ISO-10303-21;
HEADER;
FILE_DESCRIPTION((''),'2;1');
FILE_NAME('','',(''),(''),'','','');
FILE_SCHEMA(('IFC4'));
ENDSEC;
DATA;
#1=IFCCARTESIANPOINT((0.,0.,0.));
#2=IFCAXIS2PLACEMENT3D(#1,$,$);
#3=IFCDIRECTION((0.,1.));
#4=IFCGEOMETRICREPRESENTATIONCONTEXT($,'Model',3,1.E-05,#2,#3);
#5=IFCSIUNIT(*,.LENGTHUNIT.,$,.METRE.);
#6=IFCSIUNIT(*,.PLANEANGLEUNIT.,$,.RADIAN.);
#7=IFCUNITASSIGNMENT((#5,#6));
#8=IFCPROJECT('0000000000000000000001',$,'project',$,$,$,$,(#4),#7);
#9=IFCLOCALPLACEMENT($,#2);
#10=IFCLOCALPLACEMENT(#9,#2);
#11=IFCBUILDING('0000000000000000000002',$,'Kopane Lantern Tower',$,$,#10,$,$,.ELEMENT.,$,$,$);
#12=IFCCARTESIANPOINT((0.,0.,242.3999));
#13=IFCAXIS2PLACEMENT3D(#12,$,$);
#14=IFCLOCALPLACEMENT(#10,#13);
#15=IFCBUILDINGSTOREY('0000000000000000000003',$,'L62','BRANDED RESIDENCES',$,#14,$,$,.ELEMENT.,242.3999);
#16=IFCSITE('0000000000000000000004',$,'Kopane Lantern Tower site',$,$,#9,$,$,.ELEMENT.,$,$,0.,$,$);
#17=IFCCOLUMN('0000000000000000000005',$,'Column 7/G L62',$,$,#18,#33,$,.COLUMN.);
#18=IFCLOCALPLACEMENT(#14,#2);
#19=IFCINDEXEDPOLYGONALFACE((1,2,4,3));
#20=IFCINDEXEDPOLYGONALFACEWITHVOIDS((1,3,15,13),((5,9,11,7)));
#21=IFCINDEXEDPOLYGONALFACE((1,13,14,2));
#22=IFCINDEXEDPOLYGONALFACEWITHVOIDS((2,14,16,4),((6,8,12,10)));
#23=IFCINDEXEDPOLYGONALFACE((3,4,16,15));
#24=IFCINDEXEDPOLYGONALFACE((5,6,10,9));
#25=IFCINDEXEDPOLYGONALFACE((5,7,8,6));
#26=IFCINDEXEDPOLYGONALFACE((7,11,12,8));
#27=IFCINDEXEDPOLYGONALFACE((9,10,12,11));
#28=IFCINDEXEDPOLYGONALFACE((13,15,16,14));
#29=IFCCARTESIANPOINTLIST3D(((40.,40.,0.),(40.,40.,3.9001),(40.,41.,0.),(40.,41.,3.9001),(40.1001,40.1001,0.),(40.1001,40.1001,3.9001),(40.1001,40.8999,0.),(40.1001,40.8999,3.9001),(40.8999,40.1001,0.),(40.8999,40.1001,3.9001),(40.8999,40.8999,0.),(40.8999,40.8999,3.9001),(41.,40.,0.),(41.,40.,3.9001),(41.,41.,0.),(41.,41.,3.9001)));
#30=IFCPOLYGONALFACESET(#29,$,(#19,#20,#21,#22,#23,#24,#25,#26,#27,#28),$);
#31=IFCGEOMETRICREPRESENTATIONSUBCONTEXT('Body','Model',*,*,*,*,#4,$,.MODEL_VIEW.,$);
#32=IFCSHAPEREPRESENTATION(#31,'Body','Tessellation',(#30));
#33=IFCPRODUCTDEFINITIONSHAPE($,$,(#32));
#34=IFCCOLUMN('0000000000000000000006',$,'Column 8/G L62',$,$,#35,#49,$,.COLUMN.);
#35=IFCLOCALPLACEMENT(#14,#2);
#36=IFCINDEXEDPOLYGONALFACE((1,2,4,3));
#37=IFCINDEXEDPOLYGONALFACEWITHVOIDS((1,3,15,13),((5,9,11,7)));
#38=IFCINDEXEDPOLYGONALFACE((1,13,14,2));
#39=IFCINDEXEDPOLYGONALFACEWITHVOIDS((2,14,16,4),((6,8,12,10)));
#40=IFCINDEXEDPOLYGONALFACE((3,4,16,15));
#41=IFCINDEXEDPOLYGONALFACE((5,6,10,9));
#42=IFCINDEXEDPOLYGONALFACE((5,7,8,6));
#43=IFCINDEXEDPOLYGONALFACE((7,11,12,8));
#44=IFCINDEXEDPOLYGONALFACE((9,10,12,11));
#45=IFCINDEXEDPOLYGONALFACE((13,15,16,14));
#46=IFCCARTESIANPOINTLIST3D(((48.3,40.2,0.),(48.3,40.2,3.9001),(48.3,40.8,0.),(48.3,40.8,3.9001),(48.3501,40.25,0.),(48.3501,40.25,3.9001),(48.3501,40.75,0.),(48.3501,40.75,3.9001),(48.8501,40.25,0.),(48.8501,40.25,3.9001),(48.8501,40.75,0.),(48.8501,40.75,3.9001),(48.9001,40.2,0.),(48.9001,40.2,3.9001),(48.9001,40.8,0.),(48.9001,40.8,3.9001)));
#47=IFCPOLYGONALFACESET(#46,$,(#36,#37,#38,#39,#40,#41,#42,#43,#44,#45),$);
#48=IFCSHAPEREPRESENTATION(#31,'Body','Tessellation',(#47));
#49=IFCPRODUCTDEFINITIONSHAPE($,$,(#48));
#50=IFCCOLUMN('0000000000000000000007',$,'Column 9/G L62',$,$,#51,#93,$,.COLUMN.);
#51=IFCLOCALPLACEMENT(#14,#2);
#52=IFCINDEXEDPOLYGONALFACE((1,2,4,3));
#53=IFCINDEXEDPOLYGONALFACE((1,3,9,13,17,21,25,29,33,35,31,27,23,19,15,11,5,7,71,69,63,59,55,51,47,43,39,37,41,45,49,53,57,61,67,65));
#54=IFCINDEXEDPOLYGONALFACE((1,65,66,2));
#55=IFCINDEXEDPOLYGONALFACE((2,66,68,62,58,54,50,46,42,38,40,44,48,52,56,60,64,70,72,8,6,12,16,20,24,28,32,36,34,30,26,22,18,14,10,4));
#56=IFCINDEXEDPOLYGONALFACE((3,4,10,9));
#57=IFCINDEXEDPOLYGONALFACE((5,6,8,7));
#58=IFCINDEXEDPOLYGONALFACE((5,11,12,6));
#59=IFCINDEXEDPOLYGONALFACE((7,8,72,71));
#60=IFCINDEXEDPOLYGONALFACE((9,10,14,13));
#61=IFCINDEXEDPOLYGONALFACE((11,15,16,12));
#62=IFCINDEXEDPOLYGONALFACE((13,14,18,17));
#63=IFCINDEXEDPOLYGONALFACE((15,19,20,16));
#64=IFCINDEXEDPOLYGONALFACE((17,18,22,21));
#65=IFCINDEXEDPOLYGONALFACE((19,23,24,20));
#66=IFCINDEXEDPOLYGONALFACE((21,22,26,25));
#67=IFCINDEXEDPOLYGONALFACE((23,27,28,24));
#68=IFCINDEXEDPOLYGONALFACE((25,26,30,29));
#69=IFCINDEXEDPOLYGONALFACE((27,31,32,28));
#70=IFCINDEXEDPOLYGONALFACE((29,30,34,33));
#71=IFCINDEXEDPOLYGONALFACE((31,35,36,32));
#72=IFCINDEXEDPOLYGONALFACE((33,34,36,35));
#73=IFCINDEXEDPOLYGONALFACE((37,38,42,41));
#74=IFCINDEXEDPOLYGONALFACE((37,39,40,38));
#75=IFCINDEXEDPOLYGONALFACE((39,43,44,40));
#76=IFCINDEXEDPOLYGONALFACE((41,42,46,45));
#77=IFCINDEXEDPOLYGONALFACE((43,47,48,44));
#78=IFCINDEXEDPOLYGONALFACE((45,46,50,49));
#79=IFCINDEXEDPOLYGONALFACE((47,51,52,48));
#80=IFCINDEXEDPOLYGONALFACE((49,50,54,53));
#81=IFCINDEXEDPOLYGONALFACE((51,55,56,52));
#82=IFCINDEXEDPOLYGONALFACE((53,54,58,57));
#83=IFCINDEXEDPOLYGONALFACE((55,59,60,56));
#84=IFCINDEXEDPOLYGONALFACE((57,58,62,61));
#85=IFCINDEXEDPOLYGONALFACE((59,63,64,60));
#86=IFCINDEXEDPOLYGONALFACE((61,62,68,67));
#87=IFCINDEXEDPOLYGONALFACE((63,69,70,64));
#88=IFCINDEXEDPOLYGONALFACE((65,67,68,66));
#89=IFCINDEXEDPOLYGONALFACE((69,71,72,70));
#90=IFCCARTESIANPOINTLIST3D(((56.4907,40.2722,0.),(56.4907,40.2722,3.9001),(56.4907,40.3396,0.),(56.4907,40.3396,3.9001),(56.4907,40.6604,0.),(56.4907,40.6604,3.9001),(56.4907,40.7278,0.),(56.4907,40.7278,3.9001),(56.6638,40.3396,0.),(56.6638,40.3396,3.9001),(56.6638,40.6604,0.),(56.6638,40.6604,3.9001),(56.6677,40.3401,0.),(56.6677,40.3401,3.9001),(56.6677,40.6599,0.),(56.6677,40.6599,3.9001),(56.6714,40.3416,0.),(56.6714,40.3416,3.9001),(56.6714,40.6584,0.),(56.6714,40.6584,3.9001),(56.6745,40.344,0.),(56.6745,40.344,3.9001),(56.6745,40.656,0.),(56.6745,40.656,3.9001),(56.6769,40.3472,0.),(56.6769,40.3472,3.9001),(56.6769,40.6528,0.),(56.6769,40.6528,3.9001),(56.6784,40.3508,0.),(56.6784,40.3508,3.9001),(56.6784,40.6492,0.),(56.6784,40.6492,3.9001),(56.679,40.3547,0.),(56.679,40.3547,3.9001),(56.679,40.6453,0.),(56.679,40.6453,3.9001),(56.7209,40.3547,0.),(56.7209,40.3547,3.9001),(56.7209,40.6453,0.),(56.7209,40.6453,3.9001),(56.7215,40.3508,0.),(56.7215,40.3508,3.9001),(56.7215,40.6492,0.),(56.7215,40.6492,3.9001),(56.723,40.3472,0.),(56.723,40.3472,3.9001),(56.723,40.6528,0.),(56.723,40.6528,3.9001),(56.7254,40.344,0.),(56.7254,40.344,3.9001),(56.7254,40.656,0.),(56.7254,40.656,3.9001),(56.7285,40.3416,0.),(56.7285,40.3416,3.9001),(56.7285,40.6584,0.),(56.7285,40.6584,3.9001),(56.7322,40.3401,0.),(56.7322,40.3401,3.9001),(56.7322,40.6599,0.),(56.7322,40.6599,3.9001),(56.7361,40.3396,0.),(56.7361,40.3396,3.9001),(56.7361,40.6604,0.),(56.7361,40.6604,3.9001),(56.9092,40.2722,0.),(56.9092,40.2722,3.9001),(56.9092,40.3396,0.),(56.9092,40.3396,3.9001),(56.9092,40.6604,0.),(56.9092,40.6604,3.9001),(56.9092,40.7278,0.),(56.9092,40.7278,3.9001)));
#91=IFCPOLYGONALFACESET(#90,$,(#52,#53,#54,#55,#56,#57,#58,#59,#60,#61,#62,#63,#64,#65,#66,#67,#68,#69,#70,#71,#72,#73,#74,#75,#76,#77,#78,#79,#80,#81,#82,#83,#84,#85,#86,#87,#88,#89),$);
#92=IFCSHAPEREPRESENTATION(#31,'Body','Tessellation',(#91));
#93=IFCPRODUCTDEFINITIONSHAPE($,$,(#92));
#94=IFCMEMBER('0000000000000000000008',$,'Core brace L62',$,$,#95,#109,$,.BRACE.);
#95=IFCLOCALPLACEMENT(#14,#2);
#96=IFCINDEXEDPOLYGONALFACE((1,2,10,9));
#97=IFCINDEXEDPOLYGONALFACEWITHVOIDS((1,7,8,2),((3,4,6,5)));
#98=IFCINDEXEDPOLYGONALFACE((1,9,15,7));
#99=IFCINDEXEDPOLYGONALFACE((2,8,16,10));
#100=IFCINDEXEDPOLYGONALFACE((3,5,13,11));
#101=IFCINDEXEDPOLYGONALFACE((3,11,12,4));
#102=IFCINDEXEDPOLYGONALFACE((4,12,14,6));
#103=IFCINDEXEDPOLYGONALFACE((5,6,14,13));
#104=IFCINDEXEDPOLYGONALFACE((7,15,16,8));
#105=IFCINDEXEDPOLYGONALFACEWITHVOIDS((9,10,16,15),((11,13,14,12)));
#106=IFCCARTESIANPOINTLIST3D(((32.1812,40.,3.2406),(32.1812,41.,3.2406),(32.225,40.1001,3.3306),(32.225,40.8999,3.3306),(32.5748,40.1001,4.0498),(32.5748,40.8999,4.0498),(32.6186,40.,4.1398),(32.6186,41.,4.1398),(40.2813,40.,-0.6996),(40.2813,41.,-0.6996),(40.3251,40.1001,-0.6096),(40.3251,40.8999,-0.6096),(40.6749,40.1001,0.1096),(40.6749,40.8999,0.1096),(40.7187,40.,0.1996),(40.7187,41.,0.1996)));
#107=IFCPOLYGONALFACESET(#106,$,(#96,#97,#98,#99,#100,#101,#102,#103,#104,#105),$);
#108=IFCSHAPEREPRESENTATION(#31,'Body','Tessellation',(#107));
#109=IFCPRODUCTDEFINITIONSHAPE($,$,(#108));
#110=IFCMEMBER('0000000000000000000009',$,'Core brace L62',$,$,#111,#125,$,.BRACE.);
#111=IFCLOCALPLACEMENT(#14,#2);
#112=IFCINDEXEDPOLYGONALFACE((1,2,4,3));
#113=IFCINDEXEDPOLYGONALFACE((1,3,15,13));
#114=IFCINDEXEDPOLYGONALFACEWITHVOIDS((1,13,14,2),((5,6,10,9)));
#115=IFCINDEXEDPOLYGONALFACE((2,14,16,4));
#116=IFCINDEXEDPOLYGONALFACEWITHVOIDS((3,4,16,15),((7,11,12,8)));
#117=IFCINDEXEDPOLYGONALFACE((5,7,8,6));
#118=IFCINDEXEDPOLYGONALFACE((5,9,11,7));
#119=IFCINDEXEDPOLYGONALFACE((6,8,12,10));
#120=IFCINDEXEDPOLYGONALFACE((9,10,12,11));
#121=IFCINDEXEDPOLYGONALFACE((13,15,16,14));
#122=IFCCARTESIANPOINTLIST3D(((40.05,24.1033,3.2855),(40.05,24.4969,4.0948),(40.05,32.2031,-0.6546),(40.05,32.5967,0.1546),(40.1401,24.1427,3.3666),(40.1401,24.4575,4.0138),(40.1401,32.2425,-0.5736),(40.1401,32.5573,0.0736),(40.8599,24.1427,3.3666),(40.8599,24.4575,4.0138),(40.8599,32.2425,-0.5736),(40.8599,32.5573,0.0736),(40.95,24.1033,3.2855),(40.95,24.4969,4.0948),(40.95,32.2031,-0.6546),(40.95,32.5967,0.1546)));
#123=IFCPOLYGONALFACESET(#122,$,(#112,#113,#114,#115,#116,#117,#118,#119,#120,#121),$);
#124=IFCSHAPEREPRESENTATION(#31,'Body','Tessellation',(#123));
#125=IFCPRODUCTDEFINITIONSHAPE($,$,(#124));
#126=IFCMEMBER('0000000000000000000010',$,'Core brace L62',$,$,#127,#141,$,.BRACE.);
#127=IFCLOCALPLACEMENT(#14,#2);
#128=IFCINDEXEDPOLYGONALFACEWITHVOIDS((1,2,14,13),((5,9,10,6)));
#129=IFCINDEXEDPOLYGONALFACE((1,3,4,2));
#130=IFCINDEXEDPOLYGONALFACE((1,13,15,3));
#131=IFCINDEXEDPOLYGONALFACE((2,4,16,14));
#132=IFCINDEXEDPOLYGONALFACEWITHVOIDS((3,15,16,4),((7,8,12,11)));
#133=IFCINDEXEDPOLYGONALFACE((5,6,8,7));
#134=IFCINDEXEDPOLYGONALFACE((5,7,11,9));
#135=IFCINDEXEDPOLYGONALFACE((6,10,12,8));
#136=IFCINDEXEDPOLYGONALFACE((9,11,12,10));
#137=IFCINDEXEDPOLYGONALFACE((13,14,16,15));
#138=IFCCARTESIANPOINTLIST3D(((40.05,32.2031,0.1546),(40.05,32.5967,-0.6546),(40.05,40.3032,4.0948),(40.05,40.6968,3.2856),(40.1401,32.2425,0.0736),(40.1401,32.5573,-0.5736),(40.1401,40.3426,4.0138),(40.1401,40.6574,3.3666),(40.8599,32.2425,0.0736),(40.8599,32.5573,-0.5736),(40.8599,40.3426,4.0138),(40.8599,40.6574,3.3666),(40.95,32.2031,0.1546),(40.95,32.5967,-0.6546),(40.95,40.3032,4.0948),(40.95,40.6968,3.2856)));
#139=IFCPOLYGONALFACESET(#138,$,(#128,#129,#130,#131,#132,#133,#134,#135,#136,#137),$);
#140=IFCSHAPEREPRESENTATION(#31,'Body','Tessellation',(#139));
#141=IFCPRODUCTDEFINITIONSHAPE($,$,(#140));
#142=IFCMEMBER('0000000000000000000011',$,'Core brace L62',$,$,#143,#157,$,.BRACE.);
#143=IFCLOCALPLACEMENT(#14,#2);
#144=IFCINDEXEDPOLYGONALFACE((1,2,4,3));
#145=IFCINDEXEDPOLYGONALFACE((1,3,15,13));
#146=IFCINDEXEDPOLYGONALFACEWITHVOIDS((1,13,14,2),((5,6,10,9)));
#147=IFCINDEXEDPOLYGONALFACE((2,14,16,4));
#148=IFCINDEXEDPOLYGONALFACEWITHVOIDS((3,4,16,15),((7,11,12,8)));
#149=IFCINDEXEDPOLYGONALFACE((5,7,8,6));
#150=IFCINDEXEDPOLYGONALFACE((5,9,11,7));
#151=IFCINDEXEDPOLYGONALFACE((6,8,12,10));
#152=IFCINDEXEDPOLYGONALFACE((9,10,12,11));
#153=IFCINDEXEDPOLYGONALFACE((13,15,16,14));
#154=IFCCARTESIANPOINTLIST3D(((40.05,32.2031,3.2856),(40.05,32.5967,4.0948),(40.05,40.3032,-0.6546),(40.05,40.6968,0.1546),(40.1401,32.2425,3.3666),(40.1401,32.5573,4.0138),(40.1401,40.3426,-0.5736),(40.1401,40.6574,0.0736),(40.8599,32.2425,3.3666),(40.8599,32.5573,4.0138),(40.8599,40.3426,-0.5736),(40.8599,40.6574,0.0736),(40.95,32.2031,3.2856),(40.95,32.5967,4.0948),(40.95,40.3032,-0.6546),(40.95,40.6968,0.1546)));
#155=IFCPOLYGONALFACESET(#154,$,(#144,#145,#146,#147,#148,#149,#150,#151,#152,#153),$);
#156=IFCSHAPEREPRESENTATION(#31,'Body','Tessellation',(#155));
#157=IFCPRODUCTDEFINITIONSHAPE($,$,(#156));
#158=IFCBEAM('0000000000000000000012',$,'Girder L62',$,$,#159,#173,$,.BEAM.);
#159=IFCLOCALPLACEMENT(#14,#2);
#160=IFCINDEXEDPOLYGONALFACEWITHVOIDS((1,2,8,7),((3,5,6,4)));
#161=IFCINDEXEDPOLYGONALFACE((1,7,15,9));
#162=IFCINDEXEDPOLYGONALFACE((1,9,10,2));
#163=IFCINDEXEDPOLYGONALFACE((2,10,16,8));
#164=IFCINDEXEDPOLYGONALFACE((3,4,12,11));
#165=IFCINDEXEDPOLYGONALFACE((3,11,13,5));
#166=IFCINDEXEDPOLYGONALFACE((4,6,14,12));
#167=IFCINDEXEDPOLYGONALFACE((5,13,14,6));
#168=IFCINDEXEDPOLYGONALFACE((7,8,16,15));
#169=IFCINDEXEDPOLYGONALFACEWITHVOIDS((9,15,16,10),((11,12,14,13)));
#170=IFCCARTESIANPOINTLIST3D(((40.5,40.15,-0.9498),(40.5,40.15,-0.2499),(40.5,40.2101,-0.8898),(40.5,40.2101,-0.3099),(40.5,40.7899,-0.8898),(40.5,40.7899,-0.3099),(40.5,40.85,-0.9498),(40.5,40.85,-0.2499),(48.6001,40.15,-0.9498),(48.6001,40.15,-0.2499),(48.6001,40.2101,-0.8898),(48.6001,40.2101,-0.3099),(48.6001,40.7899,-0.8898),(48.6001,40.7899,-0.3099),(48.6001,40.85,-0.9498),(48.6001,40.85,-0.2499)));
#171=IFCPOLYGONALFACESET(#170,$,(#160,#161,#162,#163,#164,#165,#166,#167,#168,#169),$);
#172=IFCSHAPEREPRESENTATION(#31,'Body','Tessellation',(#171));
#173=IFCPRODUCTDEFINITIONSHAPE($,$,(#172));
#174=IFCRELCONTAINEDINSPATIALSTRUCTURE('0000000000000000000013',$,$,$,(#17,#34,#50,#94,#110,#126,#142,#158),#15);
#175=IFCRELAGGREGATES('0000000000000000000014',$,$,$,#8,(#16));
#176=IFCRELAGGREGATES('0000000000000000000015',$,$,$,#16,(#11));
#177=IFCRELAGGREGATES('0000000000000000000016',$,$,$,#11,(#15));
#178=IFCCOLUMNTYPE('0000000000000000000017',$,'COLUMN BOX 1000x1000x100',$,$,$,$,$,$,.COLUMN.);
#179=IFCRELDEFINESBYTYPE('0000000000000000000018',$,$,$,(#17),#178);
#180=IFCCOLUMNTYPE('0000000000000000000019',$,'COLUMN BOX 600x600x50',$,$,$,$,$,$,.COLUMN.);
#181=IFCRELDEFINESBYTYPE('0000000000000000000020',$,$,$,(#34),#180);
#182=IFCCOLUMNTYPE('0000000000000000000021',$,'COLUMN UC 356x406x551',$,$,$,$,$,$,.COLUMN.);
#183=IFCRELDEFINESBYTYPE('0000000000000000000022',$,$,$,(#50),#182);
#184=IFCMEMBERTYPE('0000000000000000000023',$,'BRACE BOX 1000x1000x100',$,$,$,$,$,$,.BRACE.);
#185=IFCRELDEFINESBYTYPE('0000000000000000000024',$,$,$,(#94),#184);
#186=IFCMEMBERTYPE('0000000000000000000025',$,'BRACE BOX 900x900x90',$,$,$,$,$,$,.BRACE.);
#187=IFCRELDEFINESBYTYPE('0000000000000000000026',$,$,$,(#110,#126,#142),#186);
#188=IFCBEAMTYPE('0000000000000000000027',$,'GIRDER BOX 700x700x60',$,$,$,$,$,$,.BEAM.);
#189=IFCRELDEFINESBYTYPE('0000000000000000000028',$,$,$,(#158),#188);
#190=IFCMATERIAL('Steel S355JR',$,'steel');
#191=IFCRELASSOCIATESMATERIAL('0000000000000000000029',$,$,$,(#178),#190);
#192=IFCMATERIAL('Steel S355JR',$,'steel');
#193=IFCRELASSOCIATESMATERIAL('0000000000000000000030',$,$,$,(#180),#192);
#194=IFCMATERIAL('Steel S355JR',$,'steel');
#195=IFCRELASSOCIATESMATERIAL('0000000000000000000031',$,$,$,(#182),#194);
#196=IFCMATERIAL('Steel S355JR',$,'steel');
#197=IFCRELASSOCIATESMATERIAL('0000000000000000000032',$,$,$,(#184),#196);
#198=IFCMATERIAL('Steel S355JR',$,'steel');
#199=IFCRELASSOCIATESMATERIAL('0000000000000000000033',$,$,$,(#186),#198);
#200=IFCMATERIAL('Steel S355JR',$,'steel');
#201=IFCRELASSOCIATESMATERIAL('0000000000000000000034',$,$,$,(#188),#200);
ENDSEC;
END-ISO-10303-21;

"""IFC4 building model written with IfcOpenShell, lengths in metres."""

from ifc_helpers import new_model, si_unit, direction, frame, origin, origin_2d, place, context, subcontext, project, spatial, hollow_rectangle, i_section, extrude, material, material_profile, profile_set, type_object, element, save


model = new_model("IFC4")

# Units and contexts
model_context = context("Model", 3, precision=1e-05, world=origin(), true_north=direction((0.0, 1.0)))
body_context = subcontext(model_context, "Body", "Model", "MODEL_VIEW")
ifc_project = project(units=[si_unit("LENGTHUNIT", "METRE"), si_unit("PLANEANGLEUNIT", "RADIAN")], contexts=[model_context])

# Site, building, storey
site_placement = place(None, origin())
site = spatial("IfcSite", under=ifc_project, at=site_placement, Name="Kopane Lantern Tower site", CompositionType="ELEMENT", RefElevation=0.0)
building_placement = place(site_placement, origin())
building = spatial("IfcBuilding", under=site, at=building_placement, Name="Kopane Lantern Tower", CompositionType="ELEMENT")
storey_placement = place(building_placement, frame((0.0, 0.0, 242.3999)))
storey = spatial("IfcBuildingStorey", under=building, at=storey_placement, Name="L62", Description="BRANDED RESIDENCES", CompositionType="ELEMENT", Elevation=242.3999)

# Columns
ifc_material_1 = material(Name="Steel S355JR", Category="steel")
ifc_material_profile_1 = material_profile(ifc_material_1, hollow_rectangle(XDim=1.0, YDim=1.0, WallThickness=0.1001, at=origin_2d()), Name="BOX 1000x1000x100")
ifc_profile_set_1 = profile_set([ifc_material_profile_1], Name="Steel S355JR")
column_type_1 = type_object("IfcColumnType", Name="COLUMN BOX 1000x1000x100", PredefinedType="COLUMN", material=ifc_profile_set_1)
column_1_placement = place(storey_placement, frame((40.5, 40.5, 0.0), z_axis=(0.0, 0.0, 1.0), x_axis=(1.0, 0.0, 0.0)))
element("IfcColumn", 1, at=column_1_placement, inside=storey, type_object=column_type_1, Name="Column 7/G L62", PredefinedType="COLUMN", context=body_context, shape_type="SweptSolid", body=[
    extrude(hollow_rectangle(XDim=1.0, YDim=1.0, WallThickness=0.1001, at=origin_2d()), origin(), (0.0, 0.0, 1.0), 3.9001),
])
ifc_material_2 = material(Name="Steel S355JR", Category="steel")
ifc_material_profile_2 = material_profile(ifc_material_2, hollow_rectangle(XDim=0.6001, YDim=0.6001, WallThickness=0.05, at=origin_2d()), Name="BOX 600x600x50")
ifc_profile_set_2 = profile_set([ifc_material_profile_2], Name="Steel S355JR")
column_type_2 = type_object("IfcColumnType", Name="COLUMN BOX 600x600x50", PredefinedType="COLUMN", material=ifc_profile_set_2)
column_2_placement = place(storey_placement, frame((48.6001, 40.5, 0.0), z_axis=(0.0, 0.0, 1.0), x_axis=(1.0, 0.0, 0.0)))
element("IfcColumn", 2, at=column_2_placement, inside=storey, type_object=column_type_2, Name="Column 8/G L62", PredefinedType="COLUMN", context=body_context, shape_type="SweptSolid", body=[
    extrude(hollow_rectangle(XDim=0.6001, YDim=0.6001, WallThickness=0.05, at=origin_2d()), origin(), (0.0, 0.0, 1.0), 3.9001),
])
ifc_material_3 = material(Name="Steel S355JR", Category="steel")
ifc_material_profile_3 = material_profile(ifc_material_3, i_section(OverallWidth=0.4185, OverallDepth=0.4556, WebThickness=0.042, FlangeThickness=0.0674, FilletRadius=0.0151, at=origin_2d()), Name="UC 356x406x551")
ifc_profile_set_3 = profile_set([ifc_material_profile_3], Name="Steel S355JR")
column_type_3 = type_object("IfcColumnType", Name="COLUMN UC 356x406x551", PredefinedType="COLUMN", material=ifc_profile_set_3)
column_3_placement = place(storey_placement, frame((56.7, 40.5, 0.0), z_axis=(0.0, 0.0, 1.0), x_axis=(1.0, 0.0, 0.0)))
element("IfcColumn", 3, at=column_3_placement, inside=storey, type_object=column_type_3, Name="Column 9/G L62", PredefinedType="COLUMN", context=body_context, shape_type="SweptSolid", body=[
    extrude(i_section(OverallWidth=0.4185, OverallDepth=0.4556, WebThickness=0.042, FlangeThickness=0.0674, FilletRadius=0.0151, at=origin_2d()), origin(), (0.0, 0.0, 1.0), 3.9001),
])

# Members
ifc_material_4 = material(Name="Steel S355JR", Category="steel")
ifc_material_profile_4 = material_profile(ifc_material_4, hollow_rectangle(XDim=1.0, YDim=1.0, WallThickness=0.1001, at=origin_2d()), Name="BOX 1000x1000x100")
ifc_profile_set_4 = profile_set([ifc_material_profile_4], Name="Steel S355JR")
member_type_1 = type_object("IfcMemberType", Name="BRACE BOX 1000x1000x100", PredefinedType="BRACE", material=ifc_profile_set_4)
member_1_placement = place(storey_placement, frame((40.5, 40.5, -0.25), z_axis=(-0.899253, 0.0, 0.43743), x_axis=(0.0, -1.0, 0.0)))
element("IfcMember", 4, at=member_1_placement, inside=storey, type_object=member_type_1, Name="Core brace L62", PredefinedType="BRACE", context=body_context, shape_type="SweptSolid", body=[
    extrude(hollow_rectangle(XDim=1.0, YDim=1.0, WallThickness=0.1001, at=origin_2d()), origin(), (0.0, 0.0, 1.0), 9.0076),
])
ifc_material_5 = material(Name="Steel S355JR", Category="steel")
ifc_material_profile_5 = material_profile(ifc_material_5, hollow_rectangle(XDim=0.8999, YDim=0.8999, WallThickness=0.0901, at=origin_2d()), Name="BOX 900x900x90")
ifc_profile_set_5 = profile_set([ifc_material_profile_5], Name="Steel S355JR")
member_type_2 = type_object("IfcMemberType", Name="BRACE BOX 900x900x90", PredefinedType="BRACE", material=ifc_profile_set_5)
member_2_placement = place(storey_placement, frame((40.5, 32.3999, -0.25), z_axis=(0.0, -0.899247, 0.43744), x_axis=(1.0, 0.0, 0.0)))
element("IfcMember", 5, at=member_2_placement, inside=storey, type_object=member_type_2, Name="Core brace L62", PredefinedType="BRACE", context=body_context, shape_type="SweptSolid", body=[
    extrude(hollow_rectangle(XDim=0.8999, YDim=0.8999, WallThickness=0.0901, at=origin_2d()), origin(), (0.0, 0.0, 1.0), 9.0073),
])
for number, where, z_axis, x_axis, name in (
    (6, (40.5, 32.3999, -0.25), (0.0, 0.899253, 0.43743), (-1.0, 0.0, 0.0), "Core brace L62"),
    (7, (40.5, 40.5, -0.25), (0.0, -0.899253, 0.43743), (1.0, 0.0, 0.0), "Core brace L62"),
):
    element("IfcMember", number, at=place(storey_placement, frame(where, z_axis=z_axis, x_axis=x_axis)), inside=storey, type_object=member_type_2, Name=name, PredefinedType="BRACE", context=body_context, shape_type="SweptSolid", body=[
        extrude(hollow_rectangle(XDim=0.8999, YDim=0.8999, WallThickness=0.0901, at=origin_2d()), origin(), (0.0, 0.0, 1.0), 9.0076),
    ])

# Beam
ifc_material_6 = material(Name="Steel S355JR", Category="steel")
ifc_material_profile_6 = material_profile(ifc_material_6, hollow_rectangle(XDim=0.7, YDim=0.7, WallThickness=0.0601, at=origin_2d()), Name="BOX 700x700x60")
ifc_profile_set_6 = profile_set([ifc_material_profile_6], Name="Steel S355JR")
beam_type = type_object("IfcBeamType", Name="GIRDER BOX 700x700x60", PredefinedType="BEAM", material=ifc_profile_set_6)
beam_1_placement = place(storey_placement, frame((40.5, 40.5, -0.5999), z_axis=(1.0, 0.0, 0.0), x_axis=(0.0, 1.0, 0.0)))
element("IfcBeam", 8, at=beam_1_placement, inside=storey, type_object=beam_type, Name="Girder L62", PredefinedType="BEAM", context=body_context, shape_type="SweptSolid", body=[
    extrude(hollow_rectangle(XDim=0.7, YDim=0.7, WallThickness=0.0601, at=origin_2d()), origin(), (0.0, 0.0, 1.0), 8.1001),
])

save(model, "model.ifc")
